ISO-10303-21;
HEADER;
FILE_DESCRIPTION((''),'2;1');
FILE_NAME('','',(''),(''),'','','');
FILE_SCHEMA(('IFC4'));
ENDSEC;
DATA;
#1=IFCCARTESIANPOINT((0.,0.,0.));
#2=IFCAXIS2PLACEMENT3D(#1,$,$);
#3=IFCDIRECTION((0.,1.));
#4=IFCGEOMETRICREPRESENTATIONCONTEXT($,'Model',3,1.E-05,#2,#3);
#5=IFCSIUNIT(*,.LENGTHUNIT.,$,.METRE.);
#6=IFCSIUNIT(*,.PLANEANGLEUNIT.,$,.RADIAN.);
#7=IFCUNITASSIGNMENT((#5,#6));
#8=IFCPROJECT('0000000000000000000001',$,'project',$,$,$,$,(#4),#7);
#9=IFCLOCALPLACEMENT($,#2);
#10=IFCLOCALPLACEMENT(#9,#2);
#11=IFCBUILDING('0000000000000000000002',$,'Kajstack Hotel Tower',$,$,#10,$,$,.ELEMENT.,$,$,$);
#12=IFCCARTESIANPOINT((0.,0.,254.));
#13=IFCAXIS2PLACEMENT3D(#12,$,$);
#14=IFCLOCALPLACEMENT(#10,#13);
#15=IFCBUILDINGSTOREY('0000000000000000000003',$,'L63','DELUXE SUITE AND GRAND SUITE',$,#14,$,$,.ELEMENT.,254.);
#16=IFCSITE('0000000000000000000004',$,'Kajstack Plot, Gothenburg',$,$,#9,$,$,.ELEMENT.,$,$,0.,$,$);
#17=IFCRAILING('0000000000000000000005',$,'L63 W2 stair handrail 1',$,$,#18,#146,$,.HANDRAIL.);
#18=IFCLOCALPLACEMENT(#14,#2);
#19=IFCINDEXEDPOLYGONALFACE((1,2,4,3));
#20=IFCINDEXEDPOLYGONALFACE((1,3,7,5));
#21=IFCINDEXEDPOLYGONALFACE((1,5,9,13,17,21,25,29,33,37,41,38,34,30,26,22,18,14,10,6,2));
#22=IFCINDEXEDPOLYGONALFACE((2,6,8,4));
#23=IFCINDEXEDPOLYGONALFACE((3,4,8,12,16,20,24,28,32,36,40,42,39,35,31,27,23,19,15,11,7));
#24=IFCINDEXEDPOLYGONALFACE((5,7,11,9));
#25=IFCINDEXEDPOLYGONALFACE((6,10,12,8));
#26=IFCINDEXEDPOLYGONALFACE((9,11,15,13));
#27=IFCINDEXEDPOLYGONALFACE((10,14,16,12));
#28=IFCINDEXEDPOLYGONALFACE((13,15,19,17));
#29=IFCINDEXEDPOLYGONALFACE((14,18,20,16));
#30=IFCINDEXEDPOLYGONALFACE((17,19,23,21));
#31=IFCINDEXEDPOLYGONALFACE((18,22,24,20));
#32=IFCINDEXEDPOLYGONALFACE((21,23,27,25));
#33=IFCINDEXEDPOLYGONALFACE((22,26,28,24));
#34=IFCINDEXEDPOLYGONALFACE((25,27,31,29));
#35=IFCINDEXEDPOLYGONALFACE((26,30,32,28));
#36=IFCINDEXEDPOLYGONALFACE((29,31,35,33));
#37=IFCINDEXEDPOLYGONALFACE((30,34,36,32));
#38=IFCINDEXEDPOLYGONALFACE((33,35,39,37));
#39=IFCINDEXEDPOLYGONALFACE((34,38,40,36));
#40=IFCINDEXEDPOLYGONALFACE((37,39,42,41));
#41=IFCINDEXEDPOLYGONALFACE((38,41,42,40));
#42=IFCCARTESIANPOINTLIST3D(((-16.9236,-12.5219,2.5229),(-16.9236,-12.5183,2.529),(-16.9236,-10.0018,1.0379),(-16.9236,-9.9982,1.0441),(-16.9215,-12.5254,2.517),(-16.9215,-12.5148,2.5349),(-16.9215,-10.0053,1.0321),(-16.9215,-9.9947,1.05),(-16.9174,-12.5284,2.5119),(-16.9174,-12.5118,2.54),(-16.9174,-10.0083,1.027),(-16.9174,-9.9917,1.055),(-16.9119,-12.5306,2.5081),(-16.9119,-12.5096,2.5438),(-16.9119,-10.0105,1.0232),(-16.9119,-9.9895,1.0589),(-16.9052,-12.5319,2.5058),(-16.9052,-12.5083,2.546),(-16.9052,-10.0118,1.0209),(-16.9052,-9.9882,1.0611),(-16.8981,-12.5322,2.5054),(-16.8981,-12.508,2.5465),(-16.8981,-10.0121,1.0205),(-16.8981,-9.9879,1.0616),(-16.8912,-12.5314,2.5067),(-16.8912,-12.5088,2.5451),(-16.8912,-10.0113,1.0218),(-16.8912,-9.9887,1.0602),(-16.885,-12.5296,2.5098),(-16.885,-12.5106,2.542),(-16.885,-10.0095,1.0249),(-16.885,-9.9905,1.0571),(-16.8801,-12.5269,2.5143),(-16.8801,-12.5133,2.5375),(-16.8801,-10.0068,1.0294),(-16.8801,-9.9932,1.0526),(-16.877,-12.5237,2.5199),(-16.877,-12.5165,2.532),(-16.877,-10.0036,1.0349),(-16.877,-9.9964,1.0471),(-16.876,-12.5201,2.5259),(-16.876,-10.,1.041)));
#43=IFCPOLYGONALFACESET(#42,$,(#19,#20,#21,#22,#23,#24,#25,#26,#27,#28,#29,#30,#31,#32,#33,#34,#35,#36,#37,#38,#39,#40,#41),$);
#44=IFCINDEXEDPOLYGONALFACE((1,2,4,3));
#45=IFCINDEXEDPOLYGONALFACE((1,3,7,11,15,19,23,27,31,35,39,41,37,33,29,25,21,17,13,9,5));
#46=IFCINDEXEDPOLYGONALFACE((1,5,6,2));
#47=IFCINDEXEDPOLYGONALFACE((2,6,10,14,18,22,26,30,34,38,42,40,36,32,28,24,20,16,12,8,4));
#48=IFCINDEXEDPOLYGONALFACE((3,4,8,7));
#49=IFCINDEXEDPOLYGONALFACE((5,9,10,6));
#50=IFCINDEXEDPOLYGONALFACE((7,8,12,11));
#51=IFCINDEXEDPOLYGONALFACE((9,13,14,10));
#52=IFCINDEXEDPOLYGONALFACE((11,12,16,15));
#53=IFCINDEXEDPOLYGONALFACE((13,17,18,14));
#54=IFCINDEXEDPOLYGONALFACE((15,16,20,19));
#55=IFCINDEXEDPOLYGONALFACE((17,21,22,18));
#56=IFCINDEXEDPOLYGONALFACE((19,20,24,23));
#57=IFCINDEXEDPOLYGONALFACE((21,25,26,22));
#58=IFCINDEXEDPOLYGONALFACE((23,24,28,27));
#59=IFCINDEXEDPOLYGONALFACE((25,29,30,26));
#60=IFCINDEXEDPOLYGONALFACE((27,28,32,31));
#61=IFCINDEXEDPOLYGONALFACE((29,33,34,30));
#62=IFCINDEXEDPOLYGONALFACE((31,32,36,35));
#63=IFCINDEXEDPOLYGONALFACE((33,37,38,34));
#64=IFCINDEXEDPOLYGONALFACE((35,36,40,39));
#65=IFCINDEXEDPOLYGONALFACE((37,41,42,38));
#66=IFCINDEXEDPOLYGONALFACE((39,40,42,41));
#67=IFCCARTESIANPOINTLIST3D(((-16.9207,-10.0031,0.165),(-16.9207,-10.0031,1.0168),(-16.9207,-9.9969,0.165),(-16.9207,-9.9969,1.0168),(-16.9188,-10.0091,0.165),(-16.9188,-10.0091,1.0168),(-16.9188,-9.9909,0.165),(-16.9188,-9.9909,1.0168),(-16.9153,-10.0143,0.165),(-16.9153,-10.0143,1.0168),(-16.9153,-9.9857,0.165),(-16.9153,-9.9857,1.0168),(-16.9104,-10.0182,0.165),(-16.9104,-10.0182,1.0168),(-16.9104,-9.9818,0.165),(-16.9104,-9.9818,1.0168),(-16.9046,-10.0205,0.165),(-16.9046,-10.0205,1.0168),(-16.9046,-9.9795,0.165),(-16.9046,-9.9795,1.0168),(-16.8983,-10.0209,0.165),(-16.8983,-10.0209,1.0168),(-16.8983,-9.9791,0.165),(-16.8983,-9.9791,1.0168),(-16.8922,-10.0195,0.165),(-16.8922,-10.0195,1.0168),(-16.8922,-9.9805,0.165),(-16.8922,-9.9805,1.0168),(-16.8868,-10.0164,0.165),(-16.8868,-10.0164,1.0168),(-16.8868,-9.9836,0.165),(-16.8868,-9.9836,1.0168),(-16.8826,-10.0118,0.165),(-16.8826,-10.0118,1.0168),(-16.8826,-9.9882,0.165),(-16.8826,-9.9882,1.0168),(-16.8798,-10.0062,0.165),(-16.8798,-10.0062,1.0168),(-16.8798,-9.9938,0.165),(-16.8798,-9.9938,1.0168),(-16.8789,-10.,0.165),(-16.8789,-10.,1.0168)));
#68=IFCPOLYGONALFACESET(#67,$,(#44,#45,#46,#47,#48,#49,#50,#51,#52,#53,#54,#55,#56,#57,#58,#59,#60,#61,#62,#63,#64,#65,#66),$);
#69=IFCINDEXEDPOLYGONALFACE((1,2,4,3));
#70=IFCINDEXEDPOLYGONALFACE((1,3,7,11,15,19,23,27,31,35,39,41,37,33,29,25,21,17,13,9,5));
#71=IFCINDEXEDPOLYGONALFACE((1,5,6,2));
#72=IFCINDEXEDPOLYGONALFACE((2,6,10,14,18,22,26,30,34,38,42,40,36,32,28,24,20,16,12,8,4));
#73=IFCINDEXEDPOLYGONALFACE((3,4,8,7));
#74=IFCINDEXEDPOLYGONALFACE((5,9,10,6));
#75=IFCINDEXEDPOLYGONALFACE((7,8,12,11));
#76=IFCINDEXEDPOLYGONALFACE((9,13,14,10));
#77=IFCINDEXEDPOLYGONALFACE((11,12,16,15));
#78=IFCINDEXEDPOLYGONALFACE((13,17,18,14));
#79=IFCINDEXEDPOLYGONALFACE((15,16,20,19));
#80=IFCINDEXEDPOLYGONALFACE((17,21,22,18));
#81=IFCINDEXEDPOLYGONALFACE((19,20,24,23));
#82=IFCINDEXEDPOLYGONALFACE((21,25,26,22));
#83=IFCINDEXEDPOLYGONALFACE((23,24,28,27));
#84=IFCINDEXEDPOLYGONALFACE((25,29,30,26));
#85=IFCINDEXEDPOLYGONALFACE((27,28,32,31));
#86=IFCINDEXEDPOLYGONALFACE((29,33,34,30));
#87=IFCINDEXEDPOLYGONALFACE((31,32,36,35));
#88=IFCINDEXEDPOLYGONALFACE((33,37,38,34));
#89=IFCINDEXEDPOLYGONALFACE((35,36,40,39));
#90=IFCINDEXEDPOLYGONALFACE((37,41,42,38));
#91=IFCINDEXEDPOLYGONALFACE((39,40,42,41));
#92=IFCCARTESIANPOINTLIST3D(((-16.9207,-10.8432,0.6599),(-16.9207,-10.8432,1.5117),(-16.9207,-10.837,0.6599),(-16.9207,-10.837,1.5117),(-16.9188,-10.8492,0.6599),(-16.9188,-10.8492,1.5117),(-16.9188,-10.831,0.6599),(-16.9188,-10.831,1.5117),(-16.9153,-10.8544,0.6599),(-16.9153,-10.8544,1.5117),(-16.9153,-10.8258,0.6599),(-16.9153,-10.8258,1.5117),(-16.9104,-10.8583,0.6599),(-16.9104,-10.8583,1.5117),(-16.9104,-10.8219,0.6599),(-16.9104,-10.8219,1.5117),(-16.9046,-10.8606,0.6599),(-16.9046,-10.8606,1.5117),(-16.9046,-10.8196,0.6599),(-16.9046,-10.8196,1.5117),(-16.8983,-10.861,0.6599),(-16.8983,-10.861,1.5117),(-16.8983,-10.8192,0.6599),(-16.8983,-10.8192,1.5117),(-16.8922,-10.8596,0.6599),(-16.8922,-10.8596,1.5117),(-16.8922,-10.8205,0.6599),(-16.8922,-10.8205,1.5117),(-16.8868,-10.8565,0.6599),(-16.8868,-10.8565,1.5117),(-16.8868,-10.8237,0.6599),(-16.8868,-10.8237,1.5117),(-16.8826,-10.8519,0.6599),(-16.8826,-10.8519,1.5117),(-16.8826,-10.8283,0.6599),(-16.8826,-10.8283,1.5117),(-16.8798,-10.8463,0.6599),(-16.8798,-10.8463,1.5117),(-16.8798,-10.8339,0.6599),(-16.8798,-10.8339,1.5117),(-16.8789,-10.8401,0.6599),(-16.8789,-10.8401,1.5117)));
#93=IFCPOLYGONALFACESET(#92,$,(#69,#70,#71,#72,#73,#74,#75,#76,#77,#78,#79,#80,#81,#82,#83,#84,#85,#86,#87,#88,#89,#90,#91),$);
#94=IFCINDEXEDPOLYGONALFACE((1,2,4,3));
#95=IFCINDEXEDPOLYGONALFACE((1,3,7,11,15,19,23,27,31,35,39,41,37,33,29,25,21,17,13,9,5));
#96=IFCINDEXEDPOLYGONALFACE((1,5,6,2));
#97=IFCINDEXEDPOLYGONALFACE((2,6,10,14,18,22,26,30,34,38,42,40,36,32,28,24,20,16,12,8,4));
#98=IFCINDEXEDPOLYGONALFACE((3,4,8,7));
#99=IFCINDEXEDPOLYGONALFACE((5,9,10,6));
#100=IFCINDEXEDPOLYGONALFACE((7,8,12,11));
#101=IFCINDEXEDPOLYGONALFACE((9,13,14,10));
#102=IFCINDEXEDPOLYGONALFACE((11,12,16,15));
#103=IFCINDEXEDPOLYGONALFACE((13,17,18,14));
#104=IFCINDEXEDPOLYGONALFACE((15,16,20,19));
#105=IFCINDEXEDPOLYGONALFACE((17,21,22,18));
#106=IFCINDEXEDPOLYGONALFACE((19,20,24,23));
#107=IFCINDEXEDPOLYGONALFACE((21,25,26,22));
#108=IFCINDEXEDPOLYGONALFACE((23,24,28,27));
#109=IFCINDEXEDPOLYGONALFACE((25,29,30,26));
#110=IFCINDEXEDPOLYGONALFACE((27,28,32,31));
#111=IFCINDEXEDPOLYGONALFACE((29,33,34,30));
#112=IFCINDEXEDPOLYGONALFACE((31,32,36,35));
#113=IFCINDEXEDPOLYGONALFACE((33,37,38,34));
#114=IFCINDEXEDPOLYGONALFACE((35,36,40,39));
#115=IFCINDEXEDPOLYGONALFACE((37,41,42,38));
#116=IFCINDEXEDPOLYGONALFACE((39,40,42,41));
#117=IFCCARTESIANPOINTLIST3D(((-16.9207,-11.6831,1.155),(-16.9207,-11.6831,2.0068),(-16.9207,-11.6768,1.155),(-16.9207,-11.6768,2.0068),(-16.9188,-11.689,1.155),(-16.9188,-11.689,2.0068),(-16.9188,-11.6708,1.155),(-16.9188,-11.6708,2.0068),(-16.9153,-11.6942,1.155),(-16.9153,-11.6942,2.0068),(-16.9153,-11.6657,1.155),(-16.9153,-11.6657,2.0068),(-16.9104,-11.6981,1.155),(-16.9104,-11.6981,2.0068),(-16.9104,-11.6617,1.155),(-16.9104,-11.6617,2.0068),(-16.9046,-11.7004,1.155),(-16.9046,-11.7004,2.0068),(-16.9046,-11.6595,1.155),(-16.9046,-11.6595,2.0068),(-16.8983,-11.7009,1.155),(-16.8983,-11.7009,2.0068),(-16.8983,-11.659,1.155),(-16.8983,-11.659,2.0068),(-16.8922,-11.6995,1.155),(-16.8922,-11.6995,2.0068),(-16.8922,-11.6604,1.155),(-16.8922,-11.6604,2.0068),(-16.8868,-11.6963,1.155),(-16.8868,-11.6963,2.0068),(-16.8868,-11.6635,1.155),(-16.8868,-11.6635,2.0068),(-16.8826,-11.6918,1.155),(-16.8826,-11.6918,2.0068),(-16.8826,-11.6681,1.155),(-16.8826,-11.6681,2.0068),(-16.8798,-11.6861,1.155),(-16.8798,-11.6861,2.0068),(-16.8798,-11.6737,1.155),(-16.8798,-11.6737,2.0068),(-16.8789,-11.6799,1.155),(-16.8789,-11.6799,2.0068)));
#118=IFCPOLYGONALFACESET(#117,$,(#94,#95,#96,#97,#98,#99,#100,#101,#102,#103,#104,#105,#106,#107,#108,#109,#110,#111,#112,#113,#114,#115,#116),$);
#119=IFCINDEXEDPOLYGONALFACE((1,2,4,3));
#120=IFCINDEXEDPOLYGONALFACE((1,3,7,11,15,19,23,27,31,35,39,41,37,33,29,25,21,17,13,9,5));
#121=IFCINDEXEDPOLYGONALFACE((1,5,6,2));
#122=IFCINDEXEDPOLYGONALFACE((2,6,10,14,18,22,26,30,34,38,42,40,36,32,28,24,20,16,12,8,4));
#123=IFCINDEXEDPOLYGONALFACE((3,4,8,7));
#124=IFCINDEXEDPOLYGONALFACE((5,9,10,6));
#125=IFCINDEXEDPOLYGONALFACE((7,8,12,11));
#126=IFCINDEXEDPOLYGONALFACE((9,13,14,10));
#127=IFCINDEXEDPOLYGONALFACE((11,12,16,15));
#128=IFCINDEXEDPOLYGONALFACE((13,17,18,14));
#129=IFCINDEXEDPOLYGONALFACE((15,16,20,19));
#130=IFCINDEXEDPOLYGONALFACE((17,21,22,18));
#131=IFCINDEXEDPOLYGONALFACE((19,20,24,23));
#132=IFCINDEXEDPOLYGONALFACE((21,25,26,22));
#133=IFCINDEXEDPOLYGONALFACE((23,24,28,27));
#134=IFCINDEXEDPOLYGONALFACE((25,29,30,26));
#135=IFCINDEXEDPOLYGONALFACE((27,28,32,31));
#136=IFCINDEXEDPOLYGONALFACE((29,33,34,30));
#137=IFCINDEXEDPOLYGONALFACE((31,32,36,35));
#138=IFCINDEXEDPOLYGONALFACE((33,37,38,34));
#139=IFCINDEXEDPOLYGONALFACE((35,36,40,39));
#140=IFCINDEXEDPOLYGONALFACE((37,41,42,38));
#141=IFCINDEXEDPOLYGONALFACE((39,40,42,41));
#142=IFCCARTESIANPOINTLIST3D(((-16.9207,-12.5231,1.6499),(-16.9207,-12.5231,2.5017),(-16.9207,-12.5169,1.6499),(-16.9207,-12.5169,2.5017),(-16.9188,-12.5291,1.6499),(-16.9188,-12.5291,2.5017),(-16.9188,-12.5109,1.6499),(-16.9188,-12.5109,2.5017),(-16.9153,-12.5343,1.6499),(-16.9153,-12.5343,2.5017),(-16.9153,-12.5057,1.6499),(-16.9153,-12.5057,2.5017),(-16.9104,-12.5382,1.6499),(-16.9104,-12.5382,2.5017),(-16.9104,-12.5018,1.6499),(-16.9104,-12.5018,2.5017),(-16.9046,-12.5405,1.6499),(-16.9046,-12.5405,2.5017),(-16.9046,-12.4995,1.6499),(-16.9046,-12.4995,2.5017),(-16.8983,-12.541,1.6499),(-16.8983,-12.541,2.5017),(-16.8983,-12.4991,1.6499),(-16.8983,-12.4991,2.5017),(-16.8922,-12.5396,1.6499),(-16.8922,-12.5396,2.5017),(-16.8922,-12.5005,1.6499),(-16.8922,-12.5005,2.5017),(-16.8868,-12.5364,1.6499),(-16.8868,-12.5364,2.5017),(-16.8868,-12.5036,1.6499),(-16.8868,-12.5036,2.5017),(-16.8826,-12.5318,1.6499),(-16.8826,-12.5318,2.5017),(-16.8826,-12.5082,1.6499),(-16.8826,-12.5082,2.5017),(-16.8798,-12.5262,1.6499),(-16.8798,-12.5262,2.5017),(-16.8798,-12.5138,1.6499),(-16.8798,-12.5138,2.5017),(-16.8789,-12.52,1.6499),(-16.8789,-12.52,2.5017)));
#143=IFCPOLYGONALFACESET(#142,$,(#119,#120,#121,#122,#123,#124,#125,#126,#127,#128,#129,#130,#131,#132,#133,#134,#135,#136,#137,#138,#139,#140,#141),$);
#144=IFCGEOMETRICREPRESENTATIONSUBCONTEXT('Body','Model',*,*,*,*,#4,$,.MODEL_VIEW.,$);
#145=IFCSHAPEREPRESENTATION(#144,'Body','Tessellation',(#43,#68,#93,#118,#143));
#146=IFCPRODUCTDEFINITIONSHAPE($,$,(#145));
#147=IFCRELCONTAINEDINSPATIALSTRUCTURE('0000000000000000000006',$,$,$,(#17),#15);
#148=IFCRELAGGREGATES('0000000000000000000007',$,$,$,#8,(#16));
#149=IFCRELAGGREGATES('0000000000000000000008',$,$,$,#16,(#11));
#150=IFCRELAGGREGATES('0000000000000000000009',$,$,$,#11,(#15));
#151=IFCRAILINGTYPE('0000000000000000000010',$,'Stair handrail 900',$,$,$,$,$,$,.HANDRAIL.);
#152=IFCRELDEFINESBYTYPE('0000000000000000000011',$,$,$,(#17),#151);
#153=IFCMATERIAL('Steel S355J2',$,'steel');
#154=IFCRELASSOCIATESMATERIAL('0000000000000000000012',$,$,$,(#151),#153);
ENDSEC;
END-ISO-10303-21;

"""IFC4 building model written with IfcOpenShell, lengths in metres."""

from ifc_helpers import new_model, si_unit, direction, frame, origin, origin_2d, place, context, subcontext, project, spatial, circle, extrude, material, type_object, element, save


model = new_model("IFC4")

# Units and contexts
model_context = context("Model", 3, precision=1e-05, world=origin(), true_north=direction((0.0, 1.0)))
body_context = subcontext(model_context, "Body", "Model", "MODEL_VIEW")
ifc_project = project(units=[si_unit("LENGTHUNIT", "METRE"), si_unit("PLANEANGLEUNIT", "RADIAN")], contexts=[model_context])

# Site, building, storey
site_placement = place(None, origin())
site = spatial("IfcSite", under=ifc_project, at=site_placement, Name="Kajstack Plot, Gothenburg", CompositionType="ELEMENT", RefElevation=0.0)
building_placement = place(site_placement, origin())
building = spatial("IfcBuilding", under=site, at=building_placement, Name="Kajstack Hotel Tower", CompositionType="ELEMENT")
storey_placement = place(building_placement, frame((0.0, 0.0, 254.0)))
storey = spatial("IfcBuildingStorey", under=building, at=storey_placement, Name="L63", Description="DELUXE SUITE AND GRAND SUITE", CompositionType="ELEMENT", Elevation=254.0)

# Railing
ifc_material_1 = material(Name="Steel S355J2", Category="steel")
railing_type_1 = type_object("IfcRailingType", Name="Stair handrail 900", PredefinedType="HANDRAIL", material=ifc_material_1)
railing_1_placement = place(storey_placement, frame((-16.8999, -10.0, 0.165)))
element("IfcRailing", 1, at=railing_1_placement, inside=storey, type_object=railing_type_1, Name="L63 W2 stair handrail 1", PredefinedType="HANDRAIL", context=body_context, shape_type="SweptSolid", body=[
    extrude(circle(Radius=0.0239, at=origin_2d()), frame((0.0, 0.0, 0.876), z_axis=(0.0, -0.861561, 0.507655), x_axis=(1.0, 0.0, 0.0)), (0.0, 0.0, 1.0), 2.925),
    extrude(circle(Radius=0.021, at=origin_2d()), origin(), (0.0, 0.0, 1.0), 0.8518),
    extrude(circle(Radius=0.021, at=origin_2d()), frame((0.0, -0.8401, 0.4949)), (0.0, 0.0, 1.0), 0.8518),
    extrude(circle(Radius=0.021, at=origin_2d()), frame((0.0, -1.6799, 0.99)), (0.0, 0.0, 1.0), 0.8518),
    extrude(circle(Radius=0.021, at=origin_2d()), frame((0.0, -2.52, 1.4849)), (0.0, 0.0, 1.0), 0.8518),
])

save(model, "model.ifc")
